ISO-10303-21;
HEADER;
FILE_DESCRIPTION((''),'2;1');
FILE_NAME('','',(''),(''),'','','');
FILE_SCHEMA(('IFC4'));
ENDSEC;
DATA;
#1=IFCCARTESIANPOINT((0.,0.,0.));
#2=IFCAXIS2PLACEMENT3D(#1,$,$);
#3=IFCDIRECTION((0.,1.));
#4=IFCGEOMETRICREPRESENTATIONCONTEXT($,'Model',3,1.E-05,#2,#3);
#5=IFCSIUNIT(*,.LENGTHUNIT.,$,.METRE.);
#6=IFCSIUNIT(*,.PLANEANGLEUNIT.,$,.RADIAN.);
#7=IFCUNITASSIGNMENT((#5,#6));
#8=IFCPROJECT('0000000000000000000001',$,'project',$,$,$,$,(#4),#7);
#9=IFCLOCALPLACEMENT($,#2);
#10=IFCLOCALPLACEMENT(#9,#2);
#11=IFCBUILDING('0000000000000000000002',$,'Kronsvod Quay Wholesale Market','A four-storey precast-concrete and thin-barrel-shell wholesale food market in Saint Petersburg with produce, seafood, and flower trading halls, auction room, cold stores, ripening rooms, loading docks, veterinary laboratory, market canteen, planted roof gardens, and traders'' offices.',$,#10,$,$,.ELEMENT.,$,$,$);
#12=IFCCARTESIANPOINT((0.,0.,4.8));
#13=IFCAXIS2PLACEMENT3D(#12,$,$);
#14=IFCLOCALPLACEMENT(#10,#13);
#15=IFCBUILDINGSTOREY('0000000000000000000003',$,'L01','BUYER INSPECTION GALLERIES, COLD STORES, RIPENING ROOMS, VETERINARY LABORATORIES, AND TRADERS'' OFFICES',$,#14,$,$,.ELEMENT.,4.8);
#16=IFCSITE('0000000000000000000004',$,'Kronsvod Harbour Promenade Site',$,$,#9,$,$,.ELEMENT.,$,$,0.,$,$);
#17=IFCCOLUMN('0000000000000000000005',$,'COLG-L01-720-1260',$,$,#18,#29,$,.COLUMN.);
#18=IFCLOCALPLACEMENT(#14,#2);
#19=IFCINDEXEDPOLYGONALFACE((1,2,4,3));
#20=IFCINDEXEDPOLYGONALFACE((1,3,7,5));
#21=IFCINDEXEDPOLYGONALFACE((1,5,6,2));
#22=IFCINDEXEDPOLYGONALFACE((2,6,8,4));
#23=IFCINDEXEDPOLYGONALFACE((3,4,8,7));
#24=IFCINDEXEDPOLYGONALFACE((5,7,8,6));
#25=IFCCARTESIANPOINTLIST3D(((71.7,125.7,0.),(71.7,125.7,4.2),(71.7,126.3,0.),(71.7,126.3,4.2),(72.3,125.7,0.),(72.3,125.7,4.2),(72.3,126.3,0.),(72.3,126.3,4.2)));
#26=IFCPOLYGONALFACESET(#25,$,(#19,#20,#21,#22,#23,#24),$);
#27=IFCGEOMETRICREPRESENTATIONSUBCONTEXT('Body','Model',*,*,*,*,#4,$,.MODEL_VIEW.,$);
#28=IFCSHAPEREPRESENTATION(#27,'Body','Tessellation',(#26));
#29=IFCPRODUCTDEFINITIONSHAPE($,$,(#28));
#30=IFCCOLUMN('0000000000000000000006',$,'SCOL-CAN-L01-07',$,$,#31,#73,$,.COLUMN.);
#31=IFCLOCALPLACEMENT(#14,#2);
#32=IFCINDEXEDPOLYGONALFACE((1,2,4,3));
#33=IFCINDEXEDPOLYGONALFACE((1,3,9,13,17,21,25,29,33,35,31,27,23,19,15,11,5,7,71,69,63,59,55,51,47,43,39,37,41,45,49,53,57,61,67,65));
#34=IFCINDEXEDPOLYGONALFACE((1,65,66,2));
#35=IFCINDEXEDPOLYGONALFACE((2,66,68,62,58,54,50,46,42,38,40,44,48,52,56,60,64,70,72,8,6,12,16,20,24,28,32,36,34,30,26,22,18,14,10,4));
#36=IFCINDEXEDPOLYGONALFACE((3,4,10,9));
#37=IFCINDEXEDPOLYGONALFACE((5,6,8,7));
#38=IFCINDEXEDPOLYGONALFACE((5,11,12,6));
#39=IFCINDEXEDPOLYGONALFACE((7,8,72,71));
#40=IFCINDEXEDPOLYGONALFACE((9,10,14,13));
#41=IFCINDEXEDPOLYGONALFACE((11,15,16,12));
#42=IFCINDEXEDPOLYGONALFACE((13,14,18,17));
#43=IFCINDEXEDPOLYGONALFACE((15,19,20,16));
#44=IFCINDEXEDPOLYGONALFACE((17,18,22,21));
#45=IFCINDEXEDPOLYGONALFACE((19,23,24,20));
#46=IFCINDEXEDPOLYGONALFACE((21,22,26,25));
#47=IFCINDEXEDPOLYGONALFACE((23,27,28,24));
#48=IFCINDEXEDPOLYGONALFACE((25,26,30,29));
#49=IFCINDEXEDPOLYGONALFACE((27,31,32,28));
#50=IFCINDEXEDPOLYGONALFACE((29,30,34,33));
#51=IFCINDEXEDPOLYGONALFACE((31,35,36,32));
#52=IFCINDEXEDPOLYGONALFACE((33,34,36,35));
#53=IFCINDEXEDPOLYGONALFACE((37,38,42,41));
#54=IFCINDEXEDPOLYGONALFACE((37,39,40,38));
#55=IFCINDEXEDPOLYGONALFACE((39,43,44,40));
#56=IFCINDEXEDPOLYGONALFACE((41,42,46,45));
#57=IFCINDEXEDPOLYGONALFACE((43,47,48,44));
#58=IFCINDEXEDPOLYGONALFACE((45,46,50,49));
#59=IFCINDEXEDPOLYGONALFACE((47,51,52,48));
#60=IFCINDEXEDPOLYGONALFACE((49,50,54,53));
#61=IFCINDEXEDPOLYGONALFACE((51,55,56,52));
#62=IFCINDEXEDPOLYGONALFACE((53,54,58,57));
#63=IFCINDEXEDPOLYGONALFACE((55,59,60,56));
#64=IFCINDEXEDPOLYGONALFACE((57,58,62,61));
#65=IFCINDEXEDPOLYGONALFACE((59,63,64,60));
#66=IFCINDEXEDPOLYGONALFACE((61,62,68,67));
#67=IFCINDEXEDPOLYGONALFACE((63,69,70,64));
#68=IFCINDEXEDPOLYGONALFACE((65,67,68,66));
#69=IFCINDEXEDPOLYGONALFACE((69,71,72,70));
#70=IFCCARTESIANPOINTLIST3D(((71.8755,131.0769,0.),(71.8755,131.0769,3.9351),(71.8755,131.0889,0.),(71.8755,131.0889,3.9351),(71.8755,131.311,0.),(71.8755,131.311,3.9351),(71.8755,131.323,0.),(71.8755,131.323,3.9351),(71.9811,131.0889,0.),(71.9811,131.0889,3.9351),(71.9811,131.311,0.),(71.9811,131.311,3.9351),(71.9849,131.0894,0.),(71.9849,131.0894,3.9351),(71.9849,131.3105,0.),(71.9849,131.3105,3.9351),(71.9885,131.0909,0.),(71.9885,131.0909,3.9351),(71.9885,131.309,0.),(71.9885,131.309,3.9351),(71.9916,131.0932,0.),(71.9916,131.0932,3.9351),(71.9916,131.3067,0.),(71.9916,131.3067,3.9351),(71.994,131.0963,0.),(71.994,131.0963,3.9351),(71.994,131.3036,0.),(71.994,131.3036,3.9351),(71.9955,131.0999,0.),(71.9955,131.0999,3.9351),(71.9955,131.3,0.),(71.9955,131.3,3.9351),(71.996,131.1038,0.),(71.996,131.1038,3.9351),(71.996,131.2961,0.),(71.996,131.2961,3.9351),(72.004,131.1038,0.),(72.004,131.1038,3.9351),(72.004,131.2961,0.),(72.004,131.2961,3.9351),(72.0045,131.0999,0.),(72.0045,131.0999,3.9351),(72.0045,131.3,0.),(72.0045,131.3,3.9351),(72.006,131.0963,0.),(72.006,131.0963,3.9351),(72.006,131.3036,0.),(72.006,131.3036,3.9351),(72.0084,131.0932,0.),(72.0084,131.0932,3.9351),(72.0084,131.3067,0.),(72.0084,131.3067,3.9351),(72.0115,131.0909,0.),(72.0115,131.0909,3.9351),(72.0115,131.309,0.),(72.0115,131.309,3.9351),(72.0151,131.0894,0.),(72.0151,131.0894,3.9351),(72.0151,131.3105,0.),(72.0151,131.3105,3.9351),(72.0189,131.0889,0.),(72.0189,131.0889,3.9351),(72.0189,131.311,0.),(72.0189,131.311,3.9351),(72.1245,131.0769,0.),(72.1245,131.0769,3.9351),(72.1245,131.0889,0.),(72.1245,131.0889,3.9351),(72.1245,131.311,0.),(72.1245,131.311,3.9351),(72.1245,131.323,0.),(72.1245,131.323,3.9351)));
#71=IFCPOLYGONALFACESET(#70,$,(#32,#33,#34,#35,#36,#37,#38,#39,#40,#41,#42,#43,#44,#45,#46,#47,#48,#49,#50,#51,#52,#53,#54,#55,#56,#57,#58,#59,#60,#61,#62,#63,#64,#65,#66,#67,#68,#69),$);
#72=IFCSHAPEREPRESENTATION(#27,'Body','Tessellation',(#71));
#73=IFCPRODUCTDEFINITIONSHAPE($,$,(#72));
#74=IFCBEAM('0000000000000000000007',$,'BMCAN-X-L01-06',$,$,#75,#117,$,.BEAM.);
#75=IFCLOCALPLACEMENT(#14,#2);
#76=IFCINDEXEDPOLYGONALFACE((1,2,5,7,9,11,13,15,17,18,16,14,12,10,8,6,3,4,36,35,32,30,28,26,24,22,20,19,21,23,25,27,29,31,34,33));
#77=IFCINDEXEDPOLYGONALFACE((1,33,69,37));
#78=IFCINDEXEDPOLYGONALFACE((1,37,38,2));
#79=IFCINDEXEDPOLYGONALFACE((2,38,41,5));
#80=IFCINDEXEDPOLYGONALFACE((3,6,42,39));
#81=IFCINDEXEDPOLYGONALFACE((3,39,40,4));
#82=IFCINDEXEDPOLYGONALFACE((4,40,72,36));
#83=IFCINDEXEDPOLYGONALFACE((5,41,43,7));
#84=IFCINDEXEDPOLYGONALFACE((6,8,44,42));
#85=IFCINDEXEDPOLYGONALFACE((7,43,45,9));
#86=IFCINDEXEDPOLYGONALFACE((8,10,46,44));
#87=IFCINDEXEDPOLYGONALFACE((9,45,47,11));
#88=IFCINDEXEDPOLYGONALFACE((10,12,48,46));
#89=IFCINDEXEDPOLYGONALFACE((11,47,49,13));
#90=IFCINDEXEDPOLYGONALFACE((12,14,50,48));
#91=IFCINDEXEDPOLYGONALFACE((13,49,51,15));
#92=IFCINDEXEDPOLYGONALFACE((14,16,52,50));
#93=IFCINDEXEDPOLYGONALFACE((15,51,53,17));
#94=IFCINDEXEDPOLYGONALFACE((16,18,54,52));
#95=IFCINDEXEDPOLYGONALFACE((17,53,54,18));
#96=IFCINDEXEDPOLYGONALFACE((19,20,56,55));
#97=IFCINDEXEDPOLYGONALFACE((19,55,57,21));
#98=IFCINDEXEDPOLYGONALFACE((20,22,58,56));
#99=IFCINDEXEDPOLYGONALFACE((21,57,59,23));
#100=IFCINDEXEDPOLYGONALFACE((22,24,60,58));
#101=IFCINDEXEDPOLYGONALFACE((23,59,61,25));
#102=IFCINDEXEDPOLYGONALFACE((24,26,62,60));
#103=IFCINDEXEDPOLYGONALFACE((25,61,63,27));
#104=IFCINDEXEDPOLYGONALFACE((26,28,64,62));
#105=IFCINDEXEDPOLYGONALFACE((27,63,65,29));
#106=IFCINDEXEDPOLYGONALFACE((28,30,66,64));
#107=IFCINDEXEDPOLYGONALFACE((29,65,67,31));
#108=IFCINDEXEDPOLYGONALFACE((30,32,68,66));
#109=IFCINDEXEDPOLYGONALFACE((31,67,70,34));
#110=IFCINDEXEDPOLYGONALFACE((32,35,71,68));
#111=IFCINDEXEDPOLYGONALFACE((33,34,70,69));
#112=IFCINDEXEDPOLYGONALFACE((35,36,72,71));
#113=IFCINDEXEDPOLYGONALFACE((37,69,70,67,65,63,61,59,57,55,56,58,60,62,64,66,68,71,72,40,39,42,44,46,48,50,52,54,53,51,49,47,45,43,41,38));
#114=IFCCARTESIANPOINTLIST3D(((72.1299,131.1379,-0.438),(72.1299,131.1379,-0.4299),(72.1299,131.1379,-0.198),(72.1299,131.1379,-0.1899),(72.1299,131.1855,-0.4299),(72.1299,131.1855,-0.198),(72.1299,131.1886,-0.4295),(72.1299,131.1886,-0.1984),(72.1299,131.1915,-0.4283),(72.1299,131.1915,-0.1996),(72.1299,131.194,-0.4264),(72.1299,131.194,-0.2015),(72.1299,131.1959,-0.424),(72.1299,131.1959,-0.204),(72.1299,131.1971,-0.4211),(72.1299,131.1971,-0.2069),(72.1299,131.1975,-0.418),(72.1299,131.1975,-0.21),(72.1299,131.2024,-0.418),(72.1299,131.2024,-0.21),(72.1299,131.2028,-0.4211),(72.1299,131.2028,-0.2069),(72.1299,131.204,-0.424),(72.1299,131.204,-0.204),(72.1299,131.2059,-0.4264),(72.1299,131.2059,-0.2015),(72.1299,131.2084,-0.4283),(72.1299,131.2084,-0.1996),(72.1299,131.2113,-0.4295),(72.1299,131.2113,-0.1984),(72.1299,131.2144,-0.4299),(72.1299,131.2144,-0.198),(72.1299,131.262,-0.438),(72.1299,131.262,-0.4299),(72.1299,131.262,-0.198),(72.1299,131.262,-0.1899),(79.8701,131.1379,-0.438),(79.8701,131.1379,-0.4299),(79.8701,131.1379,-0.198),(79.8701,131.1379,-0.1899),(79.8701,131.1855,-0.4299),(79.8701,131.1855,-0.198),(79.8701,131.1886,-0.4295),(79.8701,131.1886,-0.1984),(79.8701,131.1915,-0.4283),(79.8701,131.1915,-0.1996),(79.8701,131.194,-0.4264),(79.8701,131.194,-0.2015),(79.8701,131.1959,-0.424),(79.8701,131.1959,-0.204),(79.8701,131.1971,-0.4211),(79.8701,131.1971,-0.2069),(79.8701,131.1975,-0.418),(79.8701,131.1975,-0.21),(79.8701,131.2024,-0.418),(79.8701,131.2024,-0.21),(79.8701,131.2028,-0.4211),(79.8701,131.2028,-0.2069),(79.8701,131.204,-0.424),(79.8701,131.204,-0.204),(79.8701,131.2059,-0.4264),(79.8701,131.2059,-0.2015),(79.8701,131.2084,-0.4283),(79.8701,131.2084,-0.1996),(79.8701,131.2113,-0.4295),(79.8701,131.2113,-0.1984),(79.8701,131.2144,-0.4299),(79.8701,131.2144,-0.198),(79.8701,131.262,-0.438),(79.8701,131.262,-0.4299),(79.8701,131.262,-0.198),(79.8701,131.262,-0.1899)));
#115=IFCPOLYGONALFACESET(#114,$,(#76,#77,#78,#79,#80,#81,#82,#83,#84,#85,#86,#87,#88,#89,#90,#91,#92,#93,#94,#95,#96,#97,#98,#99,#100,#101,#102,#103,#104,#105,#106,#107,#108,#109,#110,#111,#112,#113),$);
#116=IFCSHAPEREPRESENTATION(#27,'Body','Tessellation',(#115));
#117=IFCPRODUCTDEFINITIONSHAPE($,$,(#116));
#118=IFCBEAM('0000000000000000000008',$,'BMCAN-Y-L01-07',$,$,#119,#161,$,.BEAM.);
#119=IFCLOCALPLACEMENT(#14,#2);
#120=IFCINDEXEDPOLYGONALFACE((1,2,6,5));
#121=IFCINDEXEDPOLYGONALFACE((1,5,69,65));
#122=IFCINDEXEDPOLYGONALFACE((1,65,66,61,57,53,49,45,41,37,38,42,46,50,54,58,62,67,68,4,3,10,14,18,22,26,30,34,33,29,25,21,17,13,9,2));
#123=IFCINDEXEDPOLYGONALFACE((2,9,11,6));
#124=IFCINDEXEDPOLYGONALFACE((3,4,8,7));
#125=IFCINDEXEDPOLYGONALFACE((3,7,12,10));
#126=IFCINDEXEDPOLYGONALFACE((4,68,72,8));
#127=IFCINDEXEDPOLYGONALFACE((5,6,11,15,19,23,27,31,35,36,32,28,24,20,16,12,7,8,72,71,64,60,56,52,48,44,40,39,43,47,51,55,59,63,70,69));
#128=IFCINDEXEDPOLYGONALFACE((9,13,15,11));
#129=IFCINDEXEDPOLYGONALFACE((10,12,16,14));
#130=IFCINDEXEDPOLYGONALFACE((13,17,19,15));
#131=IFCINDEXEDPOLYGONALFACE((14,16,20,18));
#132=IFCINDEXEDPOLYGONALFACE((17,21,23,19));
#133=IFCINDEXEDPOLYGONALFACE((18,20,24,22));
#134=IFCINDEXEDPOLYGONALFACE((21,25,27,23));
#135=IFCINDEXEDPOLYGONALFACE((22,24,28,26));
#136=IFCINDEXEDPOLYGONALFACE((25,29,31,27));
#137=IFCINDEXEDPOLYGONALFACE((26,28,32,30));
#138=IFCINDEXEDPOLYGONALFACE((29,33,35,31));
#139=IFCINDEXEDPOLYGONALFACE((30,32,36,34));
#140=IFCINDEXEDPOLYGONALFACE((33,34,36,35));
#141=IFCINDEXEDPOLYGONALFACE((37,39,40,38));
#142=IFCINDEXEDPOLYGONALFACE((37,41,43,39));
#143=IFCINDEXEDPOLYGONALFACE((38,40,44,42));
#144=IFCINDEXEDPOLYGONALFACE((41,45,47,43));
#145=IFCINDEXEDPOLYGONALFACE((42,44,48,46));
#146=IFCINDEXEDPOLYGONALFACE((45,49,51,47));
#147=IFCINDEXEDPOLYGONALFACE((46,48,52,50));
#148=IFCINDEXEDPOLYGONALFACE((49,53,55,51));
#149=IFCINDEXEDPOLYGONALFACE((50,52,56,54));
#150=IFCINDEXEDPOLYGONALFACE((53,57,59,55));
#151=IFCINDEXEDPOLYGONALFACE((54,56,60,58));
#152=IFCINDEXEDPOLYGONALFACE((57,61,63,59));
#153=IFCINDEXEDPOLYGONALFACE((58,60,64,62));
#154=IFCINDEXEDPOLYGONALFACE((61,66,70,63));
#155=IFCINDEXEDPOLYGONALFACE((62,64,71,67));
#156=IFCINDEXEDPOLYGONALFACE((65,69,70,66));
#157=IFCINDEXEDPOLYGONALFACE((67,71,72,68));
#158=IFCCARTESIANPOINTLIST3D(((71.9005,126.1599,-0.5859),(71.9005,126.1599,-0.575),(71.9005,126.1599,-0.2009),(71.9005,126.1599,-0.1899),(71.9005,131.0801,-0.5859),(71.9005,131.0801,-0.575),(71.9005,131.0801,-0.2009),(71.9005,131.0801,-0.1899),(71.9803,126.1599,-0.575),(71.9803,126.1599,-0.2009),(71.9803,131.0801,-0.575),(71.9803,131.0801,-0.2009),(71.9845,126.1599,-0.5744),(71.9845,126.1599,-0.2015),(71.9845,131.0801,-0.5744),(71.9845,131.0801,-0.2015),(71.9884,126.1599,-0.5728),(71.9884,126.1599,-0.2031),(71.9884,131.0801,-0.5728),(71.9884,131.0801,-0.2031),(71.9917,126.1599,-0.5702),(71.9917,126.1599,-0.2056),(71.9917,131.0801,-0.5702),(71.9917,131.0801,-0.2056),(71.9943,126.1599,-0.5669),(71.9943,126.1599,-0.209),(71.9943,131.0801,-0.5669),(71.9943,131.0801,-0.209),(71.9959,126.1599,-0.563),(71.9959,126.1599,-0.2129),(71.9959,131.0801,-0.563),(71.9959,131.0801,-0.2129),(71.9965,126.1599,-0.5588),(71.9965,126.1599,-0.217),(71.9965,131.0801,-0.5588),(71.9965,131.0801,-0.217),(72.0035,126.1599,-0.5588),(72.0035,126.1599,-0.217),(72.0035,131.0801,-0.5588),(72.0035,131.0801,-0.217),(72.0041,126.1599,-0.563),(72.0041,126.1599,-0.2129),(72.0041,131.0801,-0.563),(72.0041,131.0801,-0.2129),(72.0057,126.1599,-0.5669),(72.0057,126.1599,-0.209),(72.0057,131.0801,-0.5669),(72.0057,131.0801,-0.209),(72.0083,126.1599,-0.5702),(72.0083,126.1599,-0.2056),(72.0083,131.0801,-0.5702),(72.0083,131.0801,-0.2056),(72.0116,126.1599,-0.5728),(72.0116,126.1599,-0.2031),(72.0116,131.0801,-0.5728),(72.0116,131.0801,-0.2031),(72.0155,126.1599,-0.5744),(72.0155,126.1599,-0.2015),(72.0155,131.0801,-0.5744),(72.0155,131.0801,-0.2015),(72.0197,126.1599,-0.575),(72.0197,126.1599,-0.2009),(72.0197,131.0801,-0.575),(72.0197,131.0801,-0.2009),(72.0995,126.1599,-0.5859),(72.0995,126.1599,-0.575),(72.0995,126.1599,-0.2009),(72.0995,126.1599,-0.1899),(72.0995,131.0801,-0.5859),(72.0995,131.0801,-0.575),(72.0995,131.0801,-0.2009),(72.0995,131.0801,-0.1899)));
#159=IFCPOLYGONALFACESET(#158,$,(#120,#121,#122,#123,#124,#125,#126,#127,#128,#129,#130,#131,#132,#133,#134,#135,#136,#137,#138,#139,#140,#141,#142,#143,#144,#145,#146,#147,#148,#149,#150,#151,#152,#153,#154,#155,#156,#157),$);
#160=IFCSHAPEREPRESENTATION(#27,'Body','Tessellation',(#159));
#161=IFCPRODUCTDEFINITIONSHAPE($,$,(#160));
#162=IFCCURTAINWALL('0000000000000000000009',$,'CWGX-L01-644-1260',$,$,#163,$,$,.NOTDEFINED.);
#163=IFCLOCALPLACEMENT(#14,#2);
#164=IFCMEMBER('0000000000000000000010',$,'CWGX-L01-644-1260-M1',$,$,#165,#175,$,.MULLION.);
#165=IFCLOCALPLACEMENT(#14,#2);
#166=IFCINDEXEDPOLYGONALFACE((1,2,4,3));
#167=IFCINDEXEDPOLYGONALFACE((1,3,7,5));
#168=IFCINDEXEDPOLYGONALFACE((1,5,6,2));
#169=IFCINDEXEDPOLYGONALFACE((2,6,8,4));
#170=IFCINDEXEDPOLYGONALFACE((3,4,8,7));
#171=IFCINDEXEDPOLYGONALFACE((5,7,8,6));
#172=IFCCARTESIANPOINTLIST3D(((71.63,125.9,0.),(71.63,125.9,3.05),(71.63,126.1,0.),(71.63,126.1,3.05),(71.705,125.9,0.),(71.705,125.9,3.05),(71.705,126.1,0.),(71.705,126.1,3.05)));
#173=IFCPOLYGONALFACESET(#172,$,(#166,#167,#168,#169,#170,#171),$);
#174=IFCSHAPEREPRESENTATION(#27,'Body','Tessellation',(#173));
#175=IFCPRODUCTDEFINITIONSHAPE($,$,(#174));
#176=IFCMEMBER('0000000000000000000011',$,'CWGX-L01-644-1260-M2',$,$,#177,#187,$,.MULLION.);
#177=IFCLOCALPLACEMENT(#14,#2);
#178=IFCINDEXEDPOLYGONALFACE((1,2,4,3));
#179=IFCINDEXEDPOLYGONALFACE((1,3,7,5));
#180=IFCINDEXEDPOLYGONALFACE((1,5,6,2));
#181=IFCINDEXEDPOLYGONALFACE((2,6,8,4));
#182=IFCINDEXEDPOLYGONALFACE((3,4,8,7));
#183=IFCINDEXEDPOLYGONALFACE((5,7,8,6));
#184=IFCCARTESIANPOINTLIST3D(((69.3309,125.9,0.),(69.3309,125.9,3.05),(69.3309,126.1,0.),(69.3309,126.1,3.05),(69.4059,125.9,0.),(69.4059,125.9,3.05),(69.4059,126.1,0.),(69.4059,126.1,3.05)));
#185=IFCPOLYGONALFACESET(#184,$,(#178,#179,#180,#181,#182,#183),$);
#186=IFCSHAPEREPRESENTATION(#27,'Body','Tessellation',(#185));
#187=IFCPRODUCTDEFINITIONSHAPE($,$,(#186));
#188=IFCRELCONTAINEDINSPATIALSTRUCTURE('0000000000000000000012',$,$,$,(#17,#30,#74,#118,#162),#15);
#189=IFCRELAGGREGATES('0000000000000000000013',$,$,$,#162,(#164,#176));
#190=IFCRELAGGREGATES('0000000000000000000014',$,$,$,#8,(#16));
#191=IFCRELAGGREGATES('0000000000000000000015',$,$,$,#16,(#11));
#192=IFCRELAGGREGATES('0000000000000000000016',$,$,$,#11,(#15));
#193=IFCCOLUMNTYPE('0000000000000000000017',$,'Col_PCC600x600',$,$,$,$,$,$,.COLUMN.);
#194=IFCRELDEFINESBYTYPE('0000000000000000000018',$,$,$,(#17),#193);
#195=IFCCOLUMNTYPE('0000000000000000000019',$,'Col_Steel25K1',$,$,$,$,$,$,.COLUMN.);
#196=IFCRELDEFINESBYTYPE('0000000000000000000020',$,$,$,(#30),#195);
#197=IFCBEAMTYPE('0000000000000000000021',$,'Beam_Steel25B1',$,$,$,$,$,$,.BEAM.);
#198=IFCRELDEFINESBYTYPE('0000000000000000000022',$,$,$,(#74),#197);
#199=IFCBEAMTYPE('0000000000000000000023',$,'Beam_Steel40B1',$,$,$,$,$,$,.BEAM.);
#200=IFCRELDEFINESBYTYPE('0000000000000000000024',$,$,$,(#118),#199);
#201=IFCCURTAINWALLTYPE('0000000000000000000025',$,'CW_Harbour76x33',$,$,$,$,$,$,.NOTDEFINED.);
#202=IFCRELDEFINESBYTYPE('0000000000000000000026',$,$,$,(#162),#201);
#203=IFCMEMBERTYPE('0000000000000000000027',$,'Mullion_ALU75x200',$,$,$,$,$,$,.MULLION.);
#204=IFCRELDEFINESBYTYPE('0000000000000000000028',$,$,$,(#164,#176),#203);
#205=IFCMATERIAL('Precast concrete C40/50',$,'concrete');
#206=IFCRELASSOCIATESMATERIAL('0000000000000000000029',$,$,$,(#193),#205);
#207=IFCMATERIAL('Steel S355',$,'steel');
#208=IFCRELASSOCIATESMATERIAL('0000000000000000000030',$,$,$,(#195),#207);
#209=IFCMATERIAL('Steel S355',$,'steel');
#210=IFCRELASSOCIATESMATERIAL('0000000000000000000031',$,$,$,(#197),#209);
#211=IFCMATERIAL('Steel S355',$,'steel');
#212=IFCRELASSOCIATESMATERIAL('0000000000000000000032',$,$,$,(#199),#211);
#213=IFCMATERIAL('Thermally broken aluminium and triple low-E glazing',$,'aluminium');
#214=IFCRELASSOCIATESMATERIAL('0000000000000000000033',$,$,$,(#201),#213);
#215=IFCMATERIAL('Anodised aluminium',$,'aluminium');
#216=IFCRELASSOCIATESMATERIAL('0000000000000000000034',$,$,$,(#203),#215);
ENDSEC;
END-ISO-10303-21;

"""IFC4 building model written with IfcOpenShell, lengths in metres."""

from ifc_helpers import new_model, si_unit, direction, frame, origin, origin_2d, place, context, subcontext, project, spatial, rectangle, i_section, extrude, material, material_profile, profile_set, type_object, element, aggregate, save


model = new_model("IFC4")

# Units and contexts
model_context = context("Model", 3, precision=1e-05, world=origin(), true_north=direction((0.0, 1.0)))
body_context = subcontext(model_context, "Body", "Model", "MODEL_VIEW")
ifc_project = project(units=[si_unit("LENGTHUNIT", "METRE"), si_unit("PLANEANGLEUNIT", "RADIAN")], contexts=[model_context])

# Site, building, storey
site_placement = place(None, origin())
site = spatial("IfcSite", under=ifc_project, at=site_placement, Name="Kronsvod Harbour Promenade Site", CompositionType="ELEMENT", RefElevation=0.0)
building_placement = place(site_placement, origin())
building = spatial("IfcBuilding", under=site, at=building_placement, Name="Kronsvod Quay Wholesale Market", Description="A four-storey precast-concrete and thin-barrel-shell wholesale food market in Saint Petersburg with produce, seafood, and flower trading halls, auction room, cold stores, ripening rooms, loading docks, veterinary laboratory, market canteen, planted roof gardens, and traders' offices.", CompositionType="ELEMENT")
storey_placement = place(building_placement, frame((0.0, 0.0, 4.8)))
storey = spatial("IfcBuildingStorey", under=building, at=storey_placement, Name="L01", Description="BUYER INSPECTION GALLERIES, COLD STORES, RIPENING ROOMS, VETERINARY LABORATORIES, AND TRADERS' OFFICES", CompositionType="ELEMENT", Elevation=4.8)

# Columns
ifc_material_1 = material(Name="Precast concrete C40/50", Category="concrete")
ifc_material_profile_1 = material_profile(ifc_material_1, rectangle(XDim=0.6001, YDim=0.6001, at=origin_2d()), Name="PCC600x600")
ifc_profile_set_1 = profile_set([ifc_material_profile_1], Name="Precast concrete C40/50")
column_type_1 = type_object("IfcColumnType", Name="Col_PCC600x600", PredefinedType="COLUMN", material=ifc_profile_set_1)
column_1_placement = place(storey_placement, frame((72.0, 126.0, 0.0), z_axis=(0.0, 0.0, 1.0), x_axis=(1.0, 0.0, 0.0)))
element("IfcColumn", 1, at=column_1_placement, inside=storey, type_object=column_type_1, Name="COLG-L01-720-1260", PredefinedType="COLUMN", context=body_context, shape_type="SweptSolid", body=[
    extrude(rectangle(XDim=0.6001, YDim=0.6001, at=origin_2d()), origin(), (0.0, 0.0, 1.0), 4.2),
])
ifc_material_2 = material(Name="Steel S355", Category="steel")
ifc_material_profile_2 = material_profile(ifc_material_2, i_section(OverallWidth=0.249, OverallDepth=0.2461, WebThickness=0.0081, FlangeThickness=0.012, FilletRadius=0.0149, at=origin_2d()), Name="25K1")
ifc_profile_set_2 = profile_set([ifc_material_profile_2], Name="Steel S355")
column_type_2 = type_object("IfcColumnType", Name="Col_Steel25K1", PredefinedType="COLUMN", material=ifc_profile_set_2)
column_2_placement = place(storey_placement, frame((72.0, 131.2, 0.0), z_axis=(0.0, 0.0, 1.0), x_axis=(1.0, 0.0, 0.0)))
element("IfcColumn", 2, at=column_2_placement, inside=storey, type_object=column_type_2, Name="SCOL-CAN-L01-07", PredefinedType="COLUMN", context=body_context, shape_type="SweptSolid", body=[
    extrude(i_section(OverallWidth=0.249, OverallDepth=0.2461, WebThickness=0.0081, FlangeThickness=0.012, FilletRadius=0.0149, at=origin_2d()), origin(), (0.0, 0.0, 1.0), 3.9351),
])

# Beams
ifc_material_3 = material(Name="Steel S355", Category="steel")
ifc_material_profile_3 = material_profile(ifc_material_3, i_section(OverallWidth=0.124, OverallDepth=0.248, WebThickness=0.0049, FlangeThickness=0.0081, FilletRadius=0.012, at=origin_2d()), Name="25B1")
ifc_profile_set_3 = profile_set([ifc_material_profile_3], Name="Steel S355")
beam_type_1 = type_object("IfcBeamType", Name="Beam_Steel25B1", PredefinedType="BEAM", material=ifc_profile_set_3)
beam_1_placement = place(storey_placement, frame((72.1299, 131.2, -0.314), z_axis=(1.0, 0.0, 0.0), x_axis=(0.0, 1.0, 0.0)))
element("IfcBeam", 3, at=beam_1_placement, inside=storey, type_object=beam_type_1, Name="BMCAN-X-L01-06", PredefinedType="BEAM", context=body_context, shape_type="SweptSolid", body=[
    extrude(i_section(OverallWidth=0.124, OverallDepth=0.248, WebThickness=0.0049, FlangeThickness=0.0081, FilletRadius=0.012, at=origin_2d()), origin(), (0.0, 0.0, 1.0), 7.7402),
])
ifc_material_4 = material(Name="Steel S355", Category="steel")
ifc_material_profile_4 = material_profile(ifc_material_4, i_section(OverallWidth=0.199, OverallDepth=0.396, WebThickness=0.0071, FlangeThickness=0.011, FilletRadius=0.0161, at=origin_2d()), Name="40B1")
ifc_profile_set_4 = profile_set([ifc_material_profile_4], Name="Steel S355")
beam_type_2 = type_object("IfcBeamType", Name="Beam_Steel40B1", PredefinedType="BEAM", material=ifc_profile_set_4)
beam_2_placement = place(storey_placement, frame((72.0, 126.1599, -0.3879), z_axis=(0.0, 1.0, 0.0), x_axis=(-1.0, 0.0, 0.0)))
element("IfcBeam", 4, at=beam_2_placement, inside=storey, type_object=beam_type_2, Name="BMCAN-Y-L01-07", PredefinedType="BEAM", context=body_context, shape_type="SweptSolid", body=[
    extrude(i_section(OverallWidth=0.199, OverallDepth=0.396, WebThickness=0.0071, FlangeThickness=0.011, FilletRadius=0.0161, at=origin_2d()), origin(), (0.0, 0.0, 1.0), 4.9202),
])

# Curtain wall, members
ifc_material_5 = material(Name="Thermally broken aluminium and triple low-E glazing", Category="aluminium")
curtain_wall_type_1 = type_object("IfcCurtainWallType", Name="CW_Harbour76x33", PredefinedType="NOTDEFINED", material=ifc_material_5)
curtain_wall_1_placement = place(storey_placement, origin())
curtain_wall_1 = element("IfcCurtainWall", 5, at=curtain_wall_1_placement, inside=storey, type_object=curtain_wall_type_1, Name="CWGX-L01-644-1260", PredefinedType="NOTDEFINED")
ifc_material_6 = material(Name="Anodised aluminium", Category="aluminium")
ifc_material_profile_5 = material_profile(ifc_material_6, rectangle(XDim=0.075, YDim=0.2, at=origin_2d()), Name="ALUM75x200")
ifc_profile_set_5 = profile_set([ifc_material_profile_5], Name="Anodised aluminium")
member_type_1 = type_object("IfcMemberType", Name="Mullion_ALU75x200", PredefinedType="MULLION", material=ifc_profile_set_5)
member_1_placement = place(storey_placement, frame((71.6675, 126.0, 0.0), z_axis=(0.0, 0.0, 1.0), x_axis=(1.0, 0.0, 0.0)))
member_1 = element("IfcMember", 6, at=member_1_placement, type_object=member_type_1, Name="CWGX-L01-644-1260-M1", PredefinedType="MULLION", context=body_context, shape_type="SweptSolid", body=[
    extrude(rectangle(XDim=0.075, YDim=0.2, at=origin_2d()), origin(), (0.0, 0.0, 1.0), 3.05),
])
member_2_placement = place(storey_placement, frame((69.3684, 126.0, 0.0), z_axis=(0.0, 0.0, 1.0), x_axis=(1.0, 0.0, 0.0)))
member_2 = element("IfcMember", 7, at=member_2_placement, type_object=member_type_1, Name="CWGX-L01-644-1260-M2", PredefinedType="MULLION", context=body_context, shape_type="SweptSolid", body=[
    extrude(rectangle(XDim=0.075, YDim=0.2, at=origin_2d()), origin(), (0.0, 0.0, 1.0), 3.05),
])

aggregate(curtain_wall_1, [member_1, member_2])

save(model, "model.ifc")
